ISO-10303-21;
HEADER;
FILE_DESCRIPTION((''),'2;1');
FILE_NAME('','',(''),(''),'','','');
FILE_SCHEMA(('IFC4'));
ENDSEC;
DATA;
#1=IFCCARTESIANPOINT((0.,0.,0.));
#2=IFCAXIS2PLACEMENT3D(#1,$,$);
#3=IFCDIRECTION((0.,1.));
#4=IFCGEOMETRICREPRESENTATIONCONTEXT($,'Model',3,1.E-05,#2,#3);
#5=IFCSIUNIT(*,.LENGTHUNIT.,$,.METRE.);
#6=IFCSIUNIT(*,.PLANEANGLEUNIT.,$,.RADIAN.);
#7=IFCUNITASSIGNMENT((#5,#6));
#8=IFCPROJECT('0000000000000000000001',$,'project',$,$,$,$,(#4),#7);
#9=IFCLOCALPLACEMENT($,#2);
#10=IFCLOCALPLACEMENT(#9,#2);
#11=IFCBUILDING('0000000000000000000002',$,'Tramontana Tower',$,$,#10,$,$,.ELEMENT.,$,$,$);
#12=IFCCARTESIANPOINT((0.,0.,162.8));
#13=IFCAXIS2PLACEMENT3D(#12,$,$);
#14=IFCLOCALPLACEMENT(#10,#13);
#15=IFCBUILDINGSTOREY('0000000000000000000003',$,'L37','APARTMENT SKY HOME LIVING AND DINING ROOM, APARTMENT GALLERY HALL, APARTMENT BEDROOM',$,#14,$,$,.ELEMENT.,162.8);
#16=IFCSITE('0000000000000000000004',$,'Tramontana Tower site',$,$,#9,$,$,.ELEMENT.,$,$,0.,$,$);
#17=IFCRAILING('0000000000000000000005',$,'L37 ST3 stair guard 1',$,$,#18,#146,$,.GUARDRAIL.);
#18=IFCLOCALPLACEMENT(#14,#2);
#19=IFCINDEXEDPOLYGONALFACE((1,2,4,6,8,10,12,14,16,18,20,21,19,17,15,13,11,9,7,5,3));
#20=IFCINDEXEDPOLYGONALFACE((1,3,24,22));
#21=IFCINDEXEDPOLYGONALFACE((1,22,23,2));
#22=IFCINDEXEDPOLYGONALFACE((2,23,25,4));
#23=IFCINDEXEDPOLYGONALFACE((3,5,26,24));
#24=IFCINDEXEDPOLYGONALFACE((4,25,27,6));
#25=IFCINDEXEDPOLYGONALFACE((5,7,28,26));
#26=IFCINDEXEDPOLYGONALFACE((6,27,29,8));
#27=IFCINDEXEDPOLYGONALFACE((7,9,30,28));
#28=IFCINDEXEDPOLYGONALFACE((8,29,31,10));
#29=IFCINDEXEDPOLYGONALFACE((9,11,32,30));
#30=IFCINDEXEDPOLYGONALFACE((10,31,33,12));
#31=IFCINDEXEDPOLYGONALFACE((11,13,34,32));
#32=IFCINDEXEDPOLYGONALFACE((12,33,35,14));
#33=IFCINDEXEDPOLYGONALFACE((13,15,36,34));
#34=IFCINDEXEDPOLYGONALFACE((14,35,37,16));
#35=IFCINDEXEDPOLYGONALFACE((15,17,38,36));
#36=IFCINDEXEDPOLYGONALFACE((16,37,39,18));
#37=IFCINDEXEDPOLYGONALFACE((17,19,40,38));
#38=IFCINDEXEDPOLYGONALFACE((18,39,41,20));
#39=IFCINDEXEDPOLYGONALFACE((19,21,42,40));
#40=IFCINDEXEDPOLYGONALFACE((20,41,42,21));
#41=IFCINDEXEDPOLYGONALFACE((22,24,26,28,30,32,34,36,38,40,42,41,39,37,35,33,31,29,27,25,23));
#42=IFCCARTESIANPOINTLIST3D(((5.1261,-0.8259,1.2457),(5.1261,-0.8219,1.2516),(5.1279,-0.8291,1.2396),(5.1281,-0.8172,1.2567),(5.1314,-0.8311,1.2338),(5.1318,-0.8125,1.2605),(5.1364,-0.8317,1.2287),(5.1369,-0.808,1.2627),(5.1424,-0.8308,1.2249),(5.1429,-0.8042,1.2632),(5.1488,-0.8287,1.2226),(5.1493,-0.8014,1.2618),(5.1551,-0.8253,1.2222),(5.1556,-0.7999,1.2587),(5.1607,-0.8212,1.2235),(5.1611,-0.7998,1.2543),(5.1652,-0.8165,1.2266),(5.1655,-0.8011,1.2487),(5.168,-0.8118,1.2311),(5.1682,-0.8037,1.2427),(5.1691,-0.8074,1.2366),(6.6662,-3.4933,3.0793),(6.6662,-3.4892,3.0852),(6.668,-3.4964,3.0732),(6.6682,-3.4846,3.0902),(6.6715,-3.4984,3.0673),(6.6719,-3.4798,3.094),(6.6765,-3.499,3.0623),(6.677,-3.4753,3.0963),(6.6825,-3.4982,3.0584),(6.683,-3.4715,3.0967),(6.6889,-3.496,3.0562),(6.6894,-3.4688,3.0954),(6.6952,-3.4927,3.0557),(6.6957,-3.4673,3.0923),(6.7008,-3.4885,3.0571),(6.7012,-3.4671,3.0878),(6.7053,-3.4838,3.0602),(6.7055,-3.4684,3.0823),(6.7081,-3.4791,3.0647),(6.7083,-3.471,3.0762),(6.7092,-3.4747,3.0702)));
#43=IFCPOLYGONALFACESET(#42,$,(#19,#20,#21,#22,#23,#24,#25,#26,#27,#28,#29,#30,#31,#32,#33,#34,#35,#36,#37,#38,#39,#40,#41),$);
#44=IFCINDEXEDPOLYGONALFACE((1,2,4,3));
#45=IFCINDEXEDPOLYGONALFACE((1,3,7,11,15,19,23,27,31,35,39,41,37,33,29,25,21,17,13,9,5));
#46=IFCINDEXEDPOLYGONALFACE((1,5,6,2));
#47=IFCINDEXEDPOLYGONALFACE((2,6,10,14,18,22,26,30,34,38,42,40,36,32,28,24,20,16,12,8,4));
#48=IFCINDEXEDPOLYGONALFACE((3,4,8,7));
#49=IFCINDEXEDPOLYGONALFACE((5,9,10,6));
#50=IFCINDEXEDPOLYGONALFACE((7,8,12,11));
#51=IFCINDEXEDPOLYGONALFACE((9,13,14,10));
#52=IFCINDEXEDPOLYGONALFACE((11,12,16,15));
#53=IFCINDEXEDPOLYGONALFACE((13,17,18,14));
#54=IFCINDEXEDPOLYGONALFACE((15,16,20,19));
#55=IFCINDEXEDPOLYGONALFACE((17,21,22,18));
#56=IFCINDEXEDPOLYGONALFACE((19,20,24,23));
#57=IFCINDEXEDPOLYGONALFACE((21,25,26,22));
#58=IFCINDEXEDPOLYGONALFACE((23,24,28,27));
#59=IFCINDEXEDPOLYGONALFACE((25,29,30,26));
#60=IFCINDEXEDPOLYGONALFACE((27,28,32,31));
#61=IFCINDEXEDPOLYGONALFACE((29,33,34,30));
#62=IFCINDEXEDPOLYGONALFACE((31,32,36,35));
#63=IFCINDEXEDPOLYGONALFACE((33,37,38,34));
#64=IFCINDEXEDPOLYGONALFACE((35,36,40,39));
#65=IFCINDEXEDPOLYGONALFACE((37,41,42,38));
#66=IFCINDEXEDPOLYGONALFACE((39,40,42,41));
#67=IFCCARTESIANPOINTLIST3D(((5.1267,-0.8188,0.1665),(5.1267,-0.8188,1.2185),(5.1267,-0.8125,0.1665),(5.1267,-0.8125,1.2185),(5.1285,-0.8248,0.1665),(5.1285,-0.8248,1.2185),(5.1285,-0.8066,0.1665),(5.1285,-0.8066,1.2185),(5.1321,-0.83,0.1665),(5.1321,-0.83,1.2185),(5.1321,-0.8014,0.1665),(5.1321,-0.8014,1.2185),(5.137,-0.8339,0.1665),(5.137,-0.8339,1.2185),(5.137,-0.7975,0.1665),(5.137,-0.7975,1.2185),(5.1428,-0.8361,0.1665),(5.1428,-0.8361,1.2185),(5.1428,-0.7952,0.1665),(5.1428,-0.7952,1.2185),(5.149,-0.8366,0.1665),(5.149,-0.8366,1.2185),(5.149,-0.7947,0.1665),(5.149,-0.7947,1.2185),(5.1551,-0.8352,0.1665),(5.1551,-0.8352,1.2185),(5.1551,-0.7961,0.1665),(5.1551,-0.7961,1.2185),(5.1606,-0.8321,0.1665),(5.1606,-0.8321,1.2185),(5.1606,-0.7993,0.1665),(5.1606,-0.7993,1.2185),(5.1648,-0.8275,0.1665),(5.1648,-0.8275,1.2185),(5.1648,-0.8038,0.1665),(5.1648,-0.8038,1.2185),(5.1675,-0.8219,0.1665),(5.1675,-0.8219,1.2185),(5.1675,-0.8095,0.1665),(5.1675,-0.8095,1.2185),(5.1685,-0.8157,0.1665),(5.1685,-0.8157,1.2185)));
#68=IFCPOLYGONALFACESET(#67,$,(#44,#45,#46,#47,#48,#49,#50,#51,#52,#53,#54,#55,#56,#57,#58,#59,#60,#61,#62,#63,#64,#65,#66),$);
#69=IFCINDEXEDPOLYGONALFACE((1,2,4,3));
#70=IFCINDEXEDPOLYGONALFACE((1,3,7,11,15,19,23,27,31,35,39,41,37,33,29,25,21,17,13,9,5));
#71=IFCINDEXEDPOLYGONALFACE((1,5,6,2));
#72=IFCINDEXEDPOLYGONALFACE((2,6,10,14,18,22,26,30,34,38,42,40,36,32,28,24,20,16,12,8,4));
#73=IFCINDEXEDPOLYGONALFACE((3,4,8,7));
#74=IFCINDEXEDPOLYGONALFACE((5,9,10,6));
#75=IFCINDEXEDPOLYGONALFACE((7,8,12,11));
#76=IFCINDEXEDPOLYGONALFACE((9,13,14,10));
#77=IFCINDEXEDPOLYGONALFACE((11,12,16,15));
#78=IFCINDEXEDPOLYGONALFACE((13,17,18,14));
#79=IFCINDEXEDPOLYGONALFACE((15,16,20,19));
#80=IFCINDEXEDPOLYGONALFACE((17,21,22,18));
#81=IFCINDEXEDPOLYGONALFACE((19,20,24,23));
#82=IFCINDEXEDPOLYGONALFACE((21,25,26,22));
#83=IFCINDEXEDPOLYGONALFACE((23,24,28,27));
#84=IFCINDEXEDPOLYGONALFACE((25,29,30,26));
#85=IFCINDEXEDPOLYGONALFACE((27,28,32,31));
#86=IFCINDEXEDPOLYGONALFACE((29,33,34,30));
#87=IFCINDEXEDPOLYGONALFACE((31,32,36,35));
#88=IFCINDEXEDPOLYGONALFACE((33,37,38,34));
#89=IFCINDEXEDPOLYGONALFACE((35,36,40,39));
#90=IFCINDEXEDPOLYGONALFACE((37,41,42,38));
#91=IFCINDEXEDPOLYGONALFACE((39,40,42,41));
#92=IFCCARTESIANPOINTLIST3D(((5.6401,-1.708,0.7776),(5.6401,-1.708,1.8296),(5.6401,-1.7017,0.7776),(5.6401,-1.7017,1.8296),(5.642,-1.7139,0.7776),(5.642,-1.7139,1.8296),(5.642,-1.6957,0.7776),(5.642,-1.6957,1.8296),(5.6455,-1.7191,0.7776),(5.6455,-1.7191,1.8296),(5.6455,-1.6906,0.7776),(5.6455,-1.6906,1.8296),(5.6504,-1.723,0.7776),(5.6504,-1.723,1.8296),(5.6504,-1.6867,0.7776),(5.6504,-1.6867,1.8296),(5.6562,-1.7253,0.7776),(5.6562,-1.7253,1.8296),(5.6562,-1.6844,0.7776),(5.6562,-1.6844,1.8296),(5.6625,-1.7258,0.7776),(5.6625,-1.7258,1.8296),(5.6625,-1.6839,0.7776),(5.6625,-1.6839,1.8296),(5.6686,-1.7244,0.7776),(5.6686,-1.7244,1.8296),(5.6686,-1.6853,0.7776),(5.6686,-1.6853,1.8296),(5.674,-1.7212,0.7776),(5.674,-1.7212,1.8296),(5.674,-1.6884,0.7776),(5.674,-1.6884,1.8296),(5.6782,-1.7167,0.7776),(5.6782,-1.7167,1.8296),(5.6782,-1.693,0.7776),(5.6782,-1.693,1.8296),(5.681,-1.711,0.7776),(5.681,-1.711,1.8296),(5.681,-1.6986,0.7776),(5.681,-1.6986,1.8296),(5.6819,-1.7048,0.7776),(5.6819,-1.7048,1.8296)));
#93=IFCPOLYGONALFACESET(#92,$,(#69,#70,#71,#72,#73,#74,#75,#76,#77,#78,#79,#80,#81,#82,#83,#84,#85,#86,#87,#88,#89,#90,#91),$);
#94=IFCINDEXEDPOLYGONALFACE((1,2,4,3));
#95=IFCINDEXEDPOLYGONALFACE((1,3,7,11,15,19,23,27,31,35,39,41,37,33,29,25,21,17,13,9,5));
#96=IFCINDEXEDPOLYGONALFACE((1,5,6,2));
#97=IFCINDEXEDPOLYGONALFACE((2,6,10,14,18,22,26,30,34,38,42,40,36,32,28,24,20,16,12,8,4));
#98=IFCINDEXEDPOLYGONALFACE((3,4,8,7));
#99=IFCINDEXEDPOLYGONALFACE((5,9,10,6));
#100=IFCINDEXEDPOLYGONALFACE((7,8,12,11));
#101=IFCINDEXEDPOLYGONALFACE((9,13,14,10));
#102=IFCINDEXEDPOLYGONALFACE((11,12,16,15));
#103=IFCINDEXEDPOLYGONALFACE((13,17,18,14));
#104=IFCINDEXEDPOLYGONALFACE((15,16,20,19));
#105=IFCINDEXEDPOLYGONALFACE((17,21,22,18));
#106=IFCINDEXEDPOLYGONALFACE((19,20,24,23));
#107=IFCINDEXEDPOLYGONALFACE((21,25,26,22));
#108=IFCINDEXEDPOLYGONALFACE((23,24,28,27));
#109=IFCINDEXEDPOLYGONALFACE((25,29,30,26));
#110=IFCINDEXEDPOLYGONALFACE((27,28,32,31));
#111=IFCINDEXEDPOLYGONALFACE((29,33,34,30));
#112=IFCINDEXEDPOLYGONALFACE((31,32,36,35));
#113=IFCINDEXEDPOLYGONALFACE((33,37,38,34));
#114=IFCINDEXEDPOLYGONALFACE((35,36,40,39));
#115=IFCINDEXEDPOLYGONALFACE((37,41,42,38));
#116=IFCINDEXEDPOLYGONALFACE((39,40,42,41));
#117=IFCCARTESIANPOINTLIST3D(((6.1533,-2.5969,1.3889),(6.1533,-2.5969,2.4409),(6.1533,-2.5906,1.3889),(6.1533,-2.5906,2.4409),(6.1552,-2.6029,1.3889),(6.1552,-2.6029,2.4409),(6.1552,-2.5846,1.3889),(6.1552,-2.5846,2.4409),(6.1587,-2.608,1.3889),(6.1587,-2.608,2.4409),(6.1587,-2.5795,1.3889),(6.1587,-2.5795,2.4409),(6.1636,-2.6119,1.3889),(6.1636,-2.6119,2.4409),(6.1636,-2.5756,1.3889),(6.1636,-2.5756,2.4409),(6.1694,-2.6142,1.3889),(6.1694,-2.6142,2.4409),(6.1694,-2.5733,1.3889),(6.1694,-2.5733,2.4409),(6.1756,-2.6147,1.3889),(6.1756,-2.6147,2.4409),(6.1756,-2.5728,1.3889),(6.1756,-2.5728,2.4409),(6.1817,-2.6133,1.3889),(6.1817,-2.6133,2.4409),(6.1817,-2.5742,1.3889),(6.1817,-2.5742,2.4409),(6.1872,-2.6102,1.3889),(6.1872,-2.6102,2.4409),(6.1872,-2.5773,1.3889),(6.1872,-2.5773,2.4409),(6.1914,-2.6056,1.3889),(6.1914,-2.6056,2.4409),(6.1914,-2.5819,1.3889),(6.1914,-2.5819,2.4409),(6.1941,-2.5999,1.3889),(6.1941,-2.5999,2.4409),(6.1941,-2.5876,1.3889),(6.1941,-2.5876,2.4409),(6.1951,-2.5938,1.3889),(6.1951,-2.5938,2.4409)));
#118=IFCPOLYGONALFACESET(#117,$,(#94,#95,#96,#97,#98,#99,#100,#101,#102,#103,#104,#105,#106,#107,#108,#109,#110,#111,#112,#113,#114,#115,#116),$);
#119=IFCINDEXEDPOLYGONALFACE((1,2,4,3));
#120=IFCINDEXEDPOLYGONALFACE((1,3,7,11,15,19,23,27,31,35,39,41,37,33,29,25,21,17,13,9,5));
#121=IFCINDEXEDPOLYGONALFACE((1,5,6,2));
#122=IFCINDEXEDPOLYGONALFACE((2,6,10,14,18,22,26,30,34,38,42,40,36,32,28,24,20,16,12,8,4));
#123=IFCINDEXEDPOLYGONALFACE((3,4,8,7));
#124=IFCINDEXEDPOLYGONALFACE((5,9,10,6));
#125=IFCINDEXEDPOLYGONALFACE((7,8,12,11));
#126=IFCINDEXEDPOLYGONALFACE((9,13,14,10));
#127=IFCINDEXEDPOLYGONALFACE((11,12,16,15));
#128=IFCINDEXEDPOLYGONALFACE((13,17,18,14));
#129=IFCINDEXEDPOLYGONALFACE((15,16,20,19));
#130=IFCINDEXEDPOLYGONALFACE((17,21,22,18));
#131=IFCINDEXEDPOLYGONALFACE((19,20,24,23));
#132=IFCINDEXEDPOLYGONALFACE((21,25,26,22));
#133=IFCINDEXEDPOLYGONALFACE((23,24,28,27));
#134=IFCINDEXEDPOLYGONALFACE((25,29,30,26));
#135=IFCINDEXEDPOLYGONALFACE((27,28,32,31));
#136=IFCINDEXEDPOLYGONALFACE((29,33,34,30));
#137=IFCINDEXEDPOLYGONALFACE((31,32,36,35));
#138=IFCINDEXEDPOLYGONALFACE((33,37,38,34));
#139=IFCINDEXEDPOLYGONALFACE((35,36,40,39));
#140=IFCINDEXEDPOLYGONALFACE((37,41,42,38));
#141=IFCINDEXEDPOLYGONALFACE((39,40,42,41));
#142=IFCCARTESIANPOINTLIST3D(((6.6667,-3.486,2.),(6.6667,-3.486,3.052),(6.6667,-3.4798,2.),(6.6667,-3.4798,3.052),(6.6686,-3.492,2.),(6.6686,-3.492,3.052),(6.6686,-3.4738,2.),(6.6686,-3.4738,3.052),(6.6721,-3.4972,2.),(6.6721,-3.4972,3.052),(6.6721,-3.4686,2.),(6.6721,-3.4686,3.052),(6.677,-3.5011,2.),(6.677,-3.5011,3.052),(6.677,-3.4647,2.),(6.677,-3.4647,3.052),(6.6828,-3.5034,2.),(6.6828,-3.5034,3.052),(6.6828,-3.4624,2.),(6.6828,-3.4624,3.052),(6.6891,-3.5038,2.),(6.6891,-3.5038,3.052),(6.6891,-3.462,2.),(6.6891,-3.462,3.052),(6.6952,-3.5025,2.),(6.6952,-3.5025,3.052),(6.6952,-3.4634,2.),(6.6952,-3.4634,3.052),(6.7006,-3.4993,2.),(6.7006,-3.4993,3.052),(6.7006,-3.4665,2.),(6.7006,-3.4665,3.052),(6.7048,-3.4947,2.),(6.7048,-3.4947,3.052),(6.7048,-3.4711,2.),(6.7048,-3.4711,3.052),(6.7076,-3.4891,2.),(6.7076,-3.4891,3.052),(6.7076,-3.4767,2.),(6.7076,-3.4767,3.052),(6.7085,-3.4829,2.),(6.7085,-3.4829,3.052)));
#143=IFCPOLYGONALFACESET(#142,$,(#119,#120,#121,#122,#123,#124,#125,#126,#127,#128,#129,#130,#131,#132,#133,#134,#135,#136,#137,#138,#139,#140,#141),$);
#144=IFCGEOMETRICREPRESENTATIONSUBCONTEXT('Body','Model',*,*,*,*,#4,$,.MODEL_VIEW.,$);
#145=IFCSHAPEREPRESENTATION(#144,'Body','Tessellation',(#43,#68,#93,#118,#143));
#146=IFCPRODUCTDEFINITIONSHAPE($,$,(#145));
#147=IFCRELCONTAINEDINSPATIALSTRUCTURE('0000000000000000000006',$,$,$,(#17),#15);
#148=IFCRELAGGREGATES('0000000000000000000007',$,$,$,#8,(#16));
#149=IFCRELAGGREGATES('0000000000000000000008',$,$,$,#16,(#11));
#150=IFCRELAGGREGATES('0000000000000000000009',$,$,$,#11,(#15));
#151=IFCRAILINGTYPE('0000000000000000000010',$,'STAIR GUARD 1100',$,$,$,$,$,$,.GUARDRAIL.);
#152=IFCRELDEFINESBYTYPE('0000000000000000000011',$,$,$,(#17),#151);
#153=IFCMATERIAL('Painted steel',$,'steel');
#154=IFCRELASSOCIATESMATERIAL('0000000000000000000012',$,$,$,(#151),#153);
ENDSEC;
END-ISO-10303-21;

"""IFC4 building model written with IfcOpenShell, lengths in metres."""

from ifc_helpers import new_model, si_unit, direction, frame, origin, origin_2d, place, context, subcontext, project, spatial, circle, extrude, material, type_object, element, save


model = new_model("IFC4")

# Units and contexts
model_context = context("Model", 3, precision=1e-05, world=origin(), true_north=direction((0.0, 1.0)))
body_context = subcontext(model_context, "Body", "Model", "MODEL_VIEW")
ifc_project = project(units=[si_unit("LENGTHUNIT", "METRE"), si_unit("PLANEANGLEUNIT", "RADIAN")], contexts=[model_context])

# Site, building, storey
site_placement = place(None, origin())
site = spatial("IfcSite", under=ifc_project, at=site_placement, Name="Tramontana Tower site", CompositionType="ELEMENT", RefElevation=0.0)
building_placement = place(site_placement, origin())
building = spatial("IfcBuilding", under=site, at=building_placement, Name="Tramontana Tower", CompositionType="ELEMENT")
storey_placement = place(building_placement, frame((0.0, 0.0, 162.8)))
storey = spatial("IfcBuildingStorey", under=building, at=storey_placement, Name="L37", Description="APARTMENT SKY HOME LIVING AND DINING ROOM, APARTMENT GALLERY HALL, APARTMENT BEDROOM", CompositionType="ELEMENT", Elevation=162.8)

# Railing
ifc_material_1 = material(Name="Painted steel", Category="steel")
railing_type_1 = type_object("IfcRailingType", Name="STAIR GUARD 1100", PredefinedType="GUARDRAIL", material=ifc_material_1)
railing_1_placement = place(storey_placement, frame((5.1475, -0.8157, 0.1665)))
element("IfcRailing", 1, at=railing_1_placement, inside=storey, type_object=railing_type_1, Name="L37 ST3 stair guard 1", PredefinedType="GUARDRAIL", context=body_context, shape_type="SweptSolid", body=[
    extrude(circle(Radius=0.0239, at=origin_2d()), frame((0.0, 0.0, 1.0762), z_axis=(0.429656, -0.744134, 0.511528), x_axis=(0.86601, 0.500027, 0.0)), (0.0, 0.0, 1.0), 3.5845),
    extrude(circle(Radius=0.021, at=origin_2d()), origin(), (0.0, 0.0, 1.0), 1.052),
    extrude(circle(Radius=0.021, at=origin_2d()), frame((0.5134, -0.8892, 0.6111)), (0.0, 0.0, 1.0), 1.052),
    extrude(circle(Radius=0.021, at=origin_2d()), frame((1.0266, -1.7781, 1.2224)), (0.0, 0.0, 1.0), 1.052),
    extrude(circle(Radius=0.021, at=origin_2d()), frame((1.54, -2.6672, 1.8335)), (0.0, 0.0, 1.0), 1.052),
])

save(model, "model.ifc")
